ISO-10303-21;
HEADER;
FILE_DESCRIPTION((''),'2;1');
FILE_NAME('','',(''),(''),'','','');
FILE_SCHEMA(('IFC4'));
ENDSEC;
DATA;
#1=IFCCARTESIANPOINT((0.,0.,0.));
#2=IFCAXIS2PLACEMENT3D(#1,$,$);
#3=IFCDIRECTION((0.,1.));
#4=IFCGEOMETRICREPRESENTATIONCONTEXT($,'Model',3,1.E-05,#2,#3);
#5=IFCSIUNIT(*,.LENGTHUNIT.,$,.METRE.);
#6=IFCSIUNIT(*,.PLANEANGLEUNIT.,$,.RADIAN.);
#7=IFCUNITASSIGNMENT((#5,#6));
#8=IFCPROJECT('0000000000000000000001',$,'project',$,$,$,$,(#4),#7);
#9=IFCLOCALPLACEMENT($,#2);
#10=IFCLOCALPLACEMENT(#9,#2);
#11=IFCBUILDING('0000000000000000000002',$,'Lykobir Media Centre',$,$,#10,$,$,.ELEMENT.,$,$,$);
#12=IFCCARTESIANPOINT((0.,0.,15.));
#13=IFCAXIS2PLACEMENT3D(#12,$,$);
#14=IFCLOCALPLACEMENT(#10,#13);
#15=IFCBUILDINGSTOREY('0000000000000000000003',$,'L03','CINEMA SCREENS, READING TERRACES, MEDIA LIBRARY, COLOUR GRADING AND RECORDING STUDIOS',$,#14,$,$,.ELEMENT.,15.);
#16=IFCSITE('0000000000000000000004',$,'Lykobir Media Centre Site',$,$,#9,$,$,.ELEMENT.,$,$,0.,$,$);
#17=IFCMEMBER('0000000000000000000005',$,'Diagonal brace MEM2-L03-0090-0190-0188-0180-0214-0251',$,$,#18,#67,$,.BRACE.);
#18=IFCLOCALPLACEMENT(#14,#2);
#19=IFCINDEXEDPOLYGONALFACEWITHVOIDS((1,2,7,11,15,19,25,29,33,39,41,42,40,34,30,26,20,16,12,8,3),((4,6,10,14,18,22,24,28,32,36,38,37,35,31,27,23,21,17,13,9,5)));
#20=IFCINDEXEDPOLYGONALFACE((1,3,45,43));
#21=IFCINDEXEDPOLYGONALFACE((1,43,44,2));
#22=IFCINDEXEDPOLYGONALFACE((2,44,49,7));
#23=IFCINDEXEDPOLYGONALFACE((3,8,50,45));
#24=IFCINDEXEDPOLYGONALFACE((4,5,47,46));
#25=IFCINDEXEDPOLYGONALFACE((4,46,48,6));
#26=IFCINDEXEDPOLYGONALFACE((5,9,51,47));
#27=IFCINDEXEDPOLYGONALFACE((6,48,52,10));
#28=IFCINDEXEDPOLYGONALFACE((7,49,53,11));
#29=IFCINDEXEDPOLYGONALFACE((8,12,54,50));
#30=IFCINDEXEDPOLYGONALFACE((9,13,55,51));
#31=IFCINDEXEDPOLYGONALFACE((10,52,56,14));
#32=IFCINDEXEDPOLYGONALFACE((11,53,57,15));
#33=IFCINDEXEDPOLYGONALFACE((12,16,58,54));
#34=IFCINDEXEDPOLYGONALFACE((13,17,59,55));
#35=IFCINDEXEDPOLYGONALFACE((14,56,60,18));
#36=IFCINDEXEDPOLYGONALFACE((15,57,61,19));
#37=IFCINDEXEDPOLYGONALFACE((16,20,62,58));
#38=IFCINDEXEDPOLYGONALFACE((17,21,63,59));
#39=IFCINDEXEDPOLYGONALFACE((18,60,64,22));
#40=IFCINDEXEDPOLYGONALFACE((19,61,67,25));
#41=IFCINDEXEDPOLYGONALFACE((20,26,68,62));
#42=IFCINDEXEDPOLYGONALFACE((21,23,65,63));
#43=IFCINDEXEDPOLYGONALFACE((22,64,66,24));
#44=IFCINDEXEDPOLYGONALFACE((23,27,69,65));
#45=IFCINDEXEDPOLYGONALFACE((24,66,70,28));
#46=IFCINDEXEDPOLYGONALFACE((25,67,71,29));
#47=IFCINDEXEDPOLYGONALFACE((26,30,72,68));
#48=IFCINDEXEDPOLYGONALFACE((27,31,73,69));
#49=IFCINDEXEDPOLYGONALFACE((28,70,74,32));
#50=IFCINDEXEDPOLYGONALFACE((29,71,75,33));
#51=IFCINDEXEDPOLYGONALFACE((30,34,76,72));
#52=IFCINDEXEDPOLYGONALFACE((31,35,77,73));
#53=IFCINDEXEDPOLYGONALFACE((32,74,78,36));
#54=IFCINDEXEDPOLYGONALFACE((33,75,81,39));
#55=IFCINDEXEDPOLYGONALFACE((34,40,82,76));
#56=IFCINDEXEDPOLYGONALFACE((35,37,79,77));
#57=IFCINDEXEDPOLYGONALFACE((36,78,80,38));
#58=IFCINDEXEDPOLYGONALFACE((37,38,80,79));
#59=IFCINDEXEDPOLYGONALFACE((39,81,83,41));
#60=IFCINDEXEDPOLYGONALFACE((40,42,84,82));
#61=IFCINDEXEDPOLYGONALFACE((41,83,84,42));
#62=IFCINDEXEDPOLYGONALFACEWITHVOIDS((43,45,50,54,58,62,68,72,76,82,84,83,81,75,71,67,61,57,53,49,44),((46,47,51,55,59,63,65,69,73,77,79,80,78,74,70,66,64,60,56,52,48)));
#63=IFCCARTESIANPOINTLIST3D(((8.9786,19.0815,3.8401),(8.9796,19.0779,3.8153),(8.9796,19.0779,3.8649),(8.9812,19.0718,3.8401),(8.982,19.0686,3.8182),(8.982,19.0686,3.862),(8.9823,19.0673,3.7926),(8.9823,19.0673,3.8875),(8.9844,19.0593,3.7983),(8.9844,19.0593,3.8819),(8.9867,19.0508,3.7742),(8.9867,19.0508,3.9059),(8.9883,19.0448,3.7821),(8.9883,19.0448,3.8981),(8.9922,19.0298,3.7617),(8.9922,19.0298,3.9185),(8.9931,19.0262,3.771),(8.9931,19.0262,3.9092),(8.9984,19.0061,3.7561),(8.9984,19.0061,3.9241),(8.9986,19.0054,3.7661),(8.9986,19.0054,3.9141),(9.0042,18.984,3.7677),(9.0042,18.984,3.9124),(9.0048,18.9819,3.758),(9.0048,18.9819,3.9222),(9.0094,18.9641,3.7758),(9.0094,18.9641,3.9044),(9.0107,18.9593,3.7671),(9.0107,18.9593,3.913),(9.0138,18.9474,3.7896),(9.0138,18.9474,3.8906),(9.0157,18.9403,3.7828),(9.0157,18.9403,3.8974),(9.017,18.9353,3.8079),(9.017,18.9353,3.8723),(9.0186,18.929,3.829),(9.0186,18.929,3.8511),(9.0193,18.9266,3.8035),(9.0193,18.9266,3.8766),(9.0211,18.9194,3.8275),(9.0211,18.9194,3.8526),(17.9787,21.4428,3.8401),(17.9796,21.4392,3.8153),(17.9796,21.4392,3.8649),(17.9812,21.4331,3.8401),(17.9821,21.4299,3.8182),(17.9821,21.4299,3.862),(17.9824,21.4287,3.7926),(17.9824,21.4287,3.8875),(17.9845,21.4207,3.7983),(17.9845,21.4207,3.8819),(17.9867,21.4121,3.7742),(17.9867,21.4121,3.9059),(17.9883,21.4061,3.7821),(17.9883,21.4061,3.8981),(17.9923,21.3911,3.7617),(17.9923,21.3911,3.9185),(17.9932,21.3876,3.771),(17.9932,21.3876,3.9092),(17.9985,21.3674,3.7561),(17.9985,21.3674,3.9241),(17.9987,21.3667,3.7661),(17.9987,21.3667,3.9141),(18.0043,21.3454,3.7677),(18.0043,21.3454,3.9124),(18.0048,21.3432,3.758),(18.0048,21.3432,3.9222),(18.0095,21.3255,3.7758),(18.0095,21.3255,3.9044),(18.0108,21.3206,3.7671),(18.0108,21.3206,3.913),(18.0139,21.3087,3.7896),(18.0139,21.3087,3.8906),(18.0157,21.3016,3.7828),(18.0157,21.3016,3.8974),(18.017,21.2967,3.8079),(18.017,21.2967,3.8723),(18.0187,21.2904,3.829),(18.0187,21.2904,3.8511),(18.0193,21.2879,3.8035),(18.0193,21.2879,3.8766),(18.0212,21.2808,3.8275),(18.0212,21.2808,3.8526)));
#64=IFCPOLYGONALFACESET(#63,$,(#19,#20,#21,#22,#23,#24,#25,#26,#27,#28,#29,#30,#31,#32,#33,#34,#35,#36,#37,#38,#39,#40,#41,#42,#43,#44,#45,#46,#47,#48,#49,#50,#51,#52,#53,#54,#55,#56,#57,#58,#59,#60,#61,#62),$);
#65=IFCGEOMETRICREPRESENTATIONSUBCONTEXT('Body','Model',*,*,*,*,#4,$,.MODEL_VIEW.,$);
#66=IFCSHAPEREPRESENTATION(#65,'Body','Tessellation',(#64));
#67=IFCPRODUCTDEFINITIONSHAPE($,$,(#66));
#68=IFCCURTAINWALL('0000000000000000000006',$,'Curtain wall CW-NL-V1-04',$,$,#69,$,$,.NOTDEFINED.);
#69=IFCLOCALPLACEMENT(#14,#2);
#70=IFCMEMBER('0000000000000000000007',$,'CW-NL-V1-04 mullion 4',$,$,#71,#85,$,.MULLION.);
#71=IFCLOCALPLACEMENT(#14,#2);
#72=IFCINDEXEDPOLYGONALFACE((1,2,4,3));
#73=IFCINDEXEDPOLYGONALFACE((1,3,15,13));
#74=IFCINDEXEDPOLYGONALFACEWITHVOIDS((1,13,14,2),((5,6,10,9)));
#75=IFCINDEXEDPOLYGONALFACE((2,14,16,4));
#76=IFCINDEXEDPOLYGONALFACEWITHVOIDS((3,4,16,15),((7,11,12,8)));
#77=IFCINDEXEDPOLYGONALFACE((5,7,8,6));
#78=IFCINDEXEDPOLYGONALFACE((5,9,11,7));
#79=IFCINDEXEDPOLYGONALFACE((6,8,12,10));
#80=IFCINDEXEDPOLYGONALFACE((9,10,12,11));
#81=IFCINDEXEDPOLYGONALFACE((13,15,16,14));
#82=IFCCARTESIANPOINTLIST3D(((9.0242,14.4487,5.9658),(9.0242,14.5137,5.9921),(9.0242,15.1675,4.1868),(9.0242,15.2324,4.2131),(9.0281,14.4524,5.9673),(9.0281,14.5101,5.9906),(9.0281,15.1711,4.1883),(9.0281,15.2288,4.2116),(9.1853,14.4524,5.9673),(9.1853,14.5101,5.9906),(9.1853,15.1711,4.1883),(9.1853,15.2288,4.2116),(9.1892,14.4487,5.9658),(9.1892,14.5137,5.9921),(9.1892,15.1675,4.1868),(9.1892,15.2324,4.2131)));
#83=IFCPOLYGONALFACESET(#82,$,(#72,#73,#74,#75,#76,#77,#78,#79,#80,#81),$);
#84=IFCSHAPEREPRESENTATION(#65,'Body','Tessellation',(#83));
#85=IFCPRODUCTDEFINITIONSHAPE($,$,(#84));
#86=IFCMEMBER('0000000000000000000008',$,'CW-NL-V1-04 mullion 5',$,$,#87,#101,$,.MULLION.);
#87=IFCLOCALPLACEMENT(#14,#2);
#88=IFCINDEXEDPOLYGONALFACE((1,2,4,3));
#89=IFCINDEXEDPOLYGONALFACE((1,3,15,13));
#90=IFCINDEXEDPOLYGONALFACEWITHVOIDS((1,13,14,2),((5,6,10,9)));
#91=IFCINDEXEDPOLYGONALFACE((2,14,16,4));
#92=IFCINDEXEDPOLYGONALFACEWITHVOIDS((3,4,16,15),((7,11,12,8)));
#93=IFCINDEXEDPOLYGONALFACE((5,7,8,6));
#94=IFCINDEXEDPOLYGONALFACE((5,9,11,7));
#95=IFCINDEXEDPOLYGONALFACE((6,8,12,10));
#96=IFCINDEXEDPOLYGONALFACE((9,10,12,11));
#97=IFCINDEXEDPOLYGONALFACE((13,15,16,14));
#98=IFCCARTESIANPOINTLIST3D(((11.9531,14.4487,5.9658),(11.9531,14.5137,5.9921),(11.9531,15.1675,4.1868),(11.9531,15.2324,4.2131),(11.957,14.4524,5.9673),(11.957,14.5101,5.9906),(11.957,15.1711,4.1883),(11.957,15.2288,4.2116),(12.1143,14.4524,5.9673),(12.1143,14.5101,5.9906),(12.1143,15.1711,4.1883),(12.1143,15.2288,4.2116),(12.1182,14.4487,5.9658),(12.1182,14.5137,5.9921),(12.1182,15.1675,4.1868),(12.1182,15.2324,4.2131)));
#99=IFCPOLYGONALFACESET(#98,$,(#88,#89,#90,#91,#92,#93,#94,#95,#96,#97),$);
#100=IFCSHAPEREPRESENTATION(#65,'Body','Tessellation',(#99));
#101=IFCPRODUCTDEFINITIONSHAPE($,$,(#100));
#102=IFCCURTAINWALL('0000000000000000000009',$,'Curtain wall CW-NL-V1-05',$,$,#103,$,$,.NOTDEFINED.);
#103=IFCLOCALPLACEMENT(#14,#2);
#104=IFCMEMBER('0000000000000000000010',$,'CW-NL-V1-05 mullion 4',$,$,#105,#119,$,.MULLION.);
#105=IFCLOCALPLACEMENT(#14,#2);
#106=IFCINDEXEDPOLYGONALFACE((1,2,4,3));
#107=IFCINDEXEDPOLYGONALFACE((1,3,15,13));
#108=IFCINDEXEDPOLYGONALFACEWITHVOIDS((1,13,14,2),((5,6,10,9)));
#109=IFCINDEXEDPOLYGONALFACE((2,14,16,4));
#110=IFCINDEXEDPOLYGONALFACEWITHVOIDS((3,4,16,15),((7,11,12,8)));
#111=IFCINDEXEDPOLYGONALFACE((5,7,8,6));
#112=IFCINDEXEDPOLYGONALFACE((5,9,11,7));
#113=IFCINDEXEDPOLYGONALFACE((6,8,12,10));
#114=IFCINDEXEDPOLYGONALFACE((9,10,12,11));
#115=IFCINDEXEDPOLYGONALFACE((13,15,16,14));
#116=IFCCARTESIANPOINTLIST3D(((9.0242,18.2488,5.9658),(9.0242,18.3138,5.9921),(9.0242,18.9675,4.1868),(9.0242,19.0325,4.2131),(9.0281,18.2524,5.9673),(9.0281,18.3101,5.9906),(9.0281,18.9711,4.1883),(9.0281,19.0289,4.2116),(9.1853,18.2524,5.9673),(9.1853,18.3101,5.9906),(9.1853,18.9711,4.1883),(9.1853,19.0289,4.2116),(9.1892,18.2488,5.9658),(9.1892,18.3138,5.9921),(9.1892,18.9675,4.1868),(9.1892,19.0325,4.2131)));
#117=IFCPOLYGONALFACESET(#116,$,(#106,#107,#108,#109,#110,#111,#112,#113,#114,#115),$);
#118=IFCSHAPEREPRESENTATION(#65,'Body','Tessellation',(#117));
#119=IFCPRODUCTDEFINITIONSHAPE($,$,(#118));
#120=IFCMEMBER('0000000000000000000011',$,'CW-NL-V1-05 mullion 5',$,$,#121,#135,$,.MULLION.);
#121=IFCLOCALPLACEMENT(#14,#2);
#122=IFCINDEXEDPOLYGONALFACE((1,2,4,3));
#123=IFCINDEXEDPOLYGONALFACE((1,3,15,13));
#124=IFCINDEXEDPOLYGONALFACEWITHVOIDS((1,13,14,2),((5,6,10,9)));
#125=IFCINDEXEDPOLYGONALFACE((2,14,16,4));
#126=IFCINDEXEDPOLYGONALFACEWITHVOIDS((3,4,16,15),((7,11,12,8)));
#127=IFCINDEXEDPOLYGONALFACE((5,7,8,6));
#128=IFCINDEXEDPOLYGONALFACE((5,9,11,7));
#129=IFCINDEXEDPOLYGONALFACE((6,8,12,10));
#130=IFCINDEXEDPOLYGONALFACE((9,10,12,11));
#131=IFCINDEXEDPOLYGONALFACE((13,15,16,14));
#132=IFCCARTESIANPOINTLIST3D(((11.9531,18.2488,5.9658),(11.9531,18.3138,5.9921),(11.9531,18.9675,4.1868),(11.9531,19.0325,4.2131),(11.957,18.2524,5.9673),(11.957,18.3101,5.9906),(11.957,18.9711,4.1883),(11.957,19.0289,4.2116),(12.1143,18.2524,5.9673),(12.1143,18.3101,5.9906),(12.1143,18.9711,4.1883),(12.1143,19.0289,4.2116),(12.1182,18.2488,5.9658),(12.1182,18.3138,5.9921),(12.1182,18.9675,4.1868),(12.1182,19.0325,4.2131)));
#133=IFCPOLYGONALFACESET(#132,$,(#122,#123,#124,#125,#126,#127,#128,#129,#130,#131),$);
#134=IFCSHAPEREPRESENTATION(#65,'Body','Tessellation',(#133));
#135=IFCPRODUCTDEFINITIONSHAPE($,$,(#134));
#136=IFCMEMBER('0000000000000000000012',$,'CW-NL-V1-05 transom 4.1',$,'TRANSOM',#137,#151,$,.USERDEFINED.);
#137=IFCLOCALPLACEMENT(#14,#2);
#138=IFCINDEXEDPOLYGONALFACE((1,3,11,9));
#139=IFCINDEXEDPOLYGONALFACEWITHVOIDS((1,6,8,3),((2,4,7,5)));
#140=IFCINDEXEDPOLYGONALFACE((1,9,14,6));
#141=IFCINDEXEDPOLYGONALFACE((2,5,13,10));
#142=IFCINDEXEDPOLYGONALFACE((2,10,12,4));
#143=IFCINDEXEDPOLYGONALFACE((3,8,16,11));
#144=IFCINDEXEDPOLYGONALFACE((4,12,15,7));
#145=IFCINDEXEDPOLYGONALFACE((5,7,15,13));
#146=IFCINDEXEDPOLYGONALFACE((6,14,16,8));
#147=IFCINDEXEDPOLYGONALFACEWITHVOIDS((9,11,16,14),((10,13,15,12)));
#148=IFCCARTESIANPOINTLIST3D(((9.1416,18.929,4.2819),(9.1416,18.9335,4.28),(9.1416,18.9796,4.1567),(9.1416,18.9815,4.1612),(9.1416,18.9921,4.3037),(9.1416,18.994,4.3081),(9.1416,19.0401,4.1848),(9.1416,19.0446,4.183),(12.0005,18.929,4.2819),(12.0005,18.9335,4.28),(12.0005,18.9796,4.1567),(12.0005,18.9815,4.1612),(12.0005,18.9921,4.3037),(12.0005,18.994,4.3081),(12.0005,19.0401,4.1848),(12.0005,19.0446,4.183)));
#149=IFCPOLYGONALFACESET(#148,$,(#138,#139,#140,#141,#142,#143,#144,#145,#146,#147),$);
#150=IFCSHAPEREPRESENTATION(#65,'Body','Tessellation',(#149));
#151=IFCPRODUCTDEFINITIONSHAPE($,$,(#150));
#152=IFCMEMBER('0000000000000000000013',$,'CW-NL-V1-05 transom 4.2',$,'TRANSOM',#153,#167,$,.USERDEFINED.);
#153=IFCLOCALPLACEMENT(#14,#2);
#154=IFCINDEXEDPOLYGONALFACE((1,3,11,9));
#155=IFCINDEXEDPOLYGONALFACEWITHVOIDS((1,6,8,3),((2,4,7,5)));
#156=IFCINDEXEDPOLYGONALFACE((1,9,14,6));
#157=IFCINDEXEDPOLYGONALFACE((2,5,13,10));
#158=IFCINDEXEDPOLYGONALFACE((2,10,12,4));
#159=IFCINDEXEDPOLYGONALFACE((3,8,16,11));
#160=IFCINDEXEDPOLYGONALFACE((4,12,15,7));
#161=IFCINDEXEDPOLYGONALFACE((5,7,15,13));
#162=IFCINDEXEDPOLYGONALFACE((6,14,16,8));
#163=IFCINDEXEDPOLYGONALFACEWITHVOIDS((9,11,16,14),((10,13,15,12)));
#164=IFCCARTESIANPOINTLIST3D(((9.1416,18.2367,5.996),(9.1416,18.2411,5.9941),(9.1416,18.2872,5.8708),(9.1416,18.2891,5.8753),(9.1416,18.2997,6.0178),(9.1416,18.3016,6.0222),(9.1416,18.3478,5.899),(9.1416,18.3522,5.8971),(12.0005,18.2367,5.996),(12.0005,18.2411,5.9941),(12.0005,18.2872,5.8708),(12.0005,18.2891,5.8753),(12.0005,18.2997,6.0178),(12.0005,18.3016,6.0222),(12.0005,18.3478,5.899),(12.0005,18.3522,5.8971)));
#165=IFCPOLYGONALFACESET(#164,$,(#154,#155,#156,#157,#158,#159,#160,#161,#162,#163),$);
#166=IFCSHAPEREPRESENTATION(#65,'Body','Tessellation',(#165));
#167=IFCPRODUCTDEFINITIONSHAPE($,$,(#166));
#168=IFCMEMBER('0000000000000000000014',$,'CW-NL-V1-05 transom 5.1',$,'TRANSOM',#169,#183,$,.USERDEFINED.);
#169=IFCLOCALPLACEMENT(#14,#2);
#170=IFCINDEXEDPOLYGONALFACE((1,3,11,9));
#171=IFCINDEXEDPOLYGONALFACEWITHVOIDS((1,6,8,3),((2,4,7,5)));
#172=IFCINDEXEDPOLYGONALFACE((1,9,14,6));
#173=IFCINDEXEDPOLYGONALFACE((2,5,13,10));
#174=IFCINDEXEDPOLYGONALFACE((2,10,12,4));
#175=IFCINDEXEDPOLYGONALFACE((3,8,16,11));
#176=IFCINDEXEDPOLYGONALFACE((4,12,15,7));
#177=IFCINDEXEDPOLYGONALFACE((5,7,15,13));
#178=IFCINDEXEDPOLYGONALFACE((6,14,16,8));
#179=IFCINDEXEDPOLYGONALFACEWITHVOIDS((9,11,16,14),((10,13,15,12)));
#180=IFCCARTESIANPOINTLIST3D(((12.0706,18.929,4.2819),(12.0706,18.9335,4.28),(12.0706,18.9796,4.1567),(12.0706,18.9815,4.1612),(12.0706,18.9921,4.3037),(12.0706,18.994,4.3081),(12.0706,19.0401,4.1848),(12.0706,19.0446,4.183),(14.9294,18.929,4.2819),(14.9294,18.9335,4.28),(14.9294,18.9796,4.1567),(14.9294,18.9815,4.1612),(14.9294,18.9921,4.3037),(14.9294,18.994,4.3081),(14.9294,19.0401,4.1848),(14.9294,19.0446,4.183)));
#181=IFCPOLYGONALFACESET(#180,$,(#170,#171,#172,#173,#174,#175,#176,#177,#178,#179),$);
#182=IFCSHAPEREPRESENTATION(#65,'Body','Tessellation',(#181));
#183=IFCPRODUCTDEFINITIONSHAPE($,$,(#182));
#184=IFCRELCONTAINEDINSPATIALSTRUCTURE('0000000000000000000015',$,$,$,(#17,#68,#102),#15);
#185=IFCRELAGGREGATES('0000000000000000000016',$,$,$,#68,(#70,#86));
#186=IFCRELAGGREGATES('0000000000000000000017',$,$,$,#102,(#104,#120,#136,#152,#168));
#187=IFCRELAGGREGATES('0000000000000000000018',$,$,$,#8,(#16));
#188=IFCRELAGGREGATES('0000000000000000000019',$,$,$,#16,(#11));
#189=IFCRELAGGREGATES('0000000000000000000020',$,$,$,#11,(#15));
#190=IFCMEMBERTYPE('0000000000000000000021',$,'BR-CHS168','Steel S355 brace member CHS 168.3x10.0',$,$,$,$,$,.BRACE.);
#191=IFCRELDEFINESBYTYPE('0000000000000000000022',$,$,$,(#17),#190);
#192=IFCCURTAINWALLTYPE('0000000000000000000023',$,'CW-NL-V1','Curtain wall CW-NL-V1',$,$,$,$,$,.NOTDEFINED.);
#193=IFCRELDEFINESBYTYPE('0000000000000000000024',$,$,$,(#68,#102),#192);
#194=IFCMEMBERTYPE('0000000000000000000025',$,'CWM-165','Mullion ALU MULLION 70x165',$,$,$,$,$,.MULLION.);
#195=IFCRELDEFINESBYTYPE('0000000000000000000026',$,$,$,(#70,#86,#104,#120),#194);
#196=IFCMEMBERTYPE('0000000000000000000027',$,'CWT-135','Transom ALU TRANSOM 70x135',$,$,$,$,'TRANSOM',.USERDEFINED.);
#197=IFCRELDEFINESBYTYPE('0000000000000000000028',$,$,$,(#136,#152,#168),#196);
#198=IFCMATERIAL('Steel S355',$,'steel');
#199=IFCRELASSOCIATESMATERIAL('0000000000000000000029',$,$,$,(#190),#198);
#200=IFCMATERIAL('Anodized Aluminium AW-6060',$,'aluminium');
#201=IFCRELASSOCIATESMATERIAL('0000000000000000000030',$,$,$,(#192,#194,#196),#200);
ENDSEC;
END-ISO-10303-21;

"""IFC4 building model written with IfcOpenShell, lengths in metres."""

from ifc_helpers import new_model, si_unit, direction, frame, origin, origin_2d, place, context, subcontext, project, spatial, hollow_rectangle, hollow_circle, extrude, material, material_profile, profile_set, type_object, element, aggregate, save


model = new_model("IFC4")

# Units and contexts
model_context = context("Model", 3, precision=1e-05, world=origin(), true_north=direction((0.0, 1.0)))
body_context = subcontext(model_context, "Body", "Model", "MODEL_VIEW")
ifc_project = project(units=[si_unit("LENGTHUNIT", "METRE"), si_unit("PLANEANGLEUNIT", "RADIAN")], contexts=[model_context])

# Site, building, storey
site_placement = place(None, origin())
site = spatial("IfcSite", under=ifc_project, at=site_placement, Name="Lykobir Media Centre Site", CompositionType="ELEMENT", RefElevation=0.0)
building_placement = place(site_placement, origin())
building = spatial("IfcBuilding", under=site, at=building_placement, Name="Lykobir Media Centre", CompositionType="ELEMENT")
storey_placement = place(building_placement, frame((0.0, 0.0, 15.0)))
storey = spatial("IfcBuildingStorey", under=building, at=storey_placement, Name="L03", Description="CINEMA SCREENS, READING TERRACES, MEDIA LIBRARY, COLOUR GRADING AND RECORDING STUDIOS", CompositionType="ELEMENT", Elevation=15.0)

# Member
ifc_material_1 = material(Name="Steel S355", Category="steel")
ifc_material_profile_1 = material_profile(ifc_material_1, hollow_circle(Radius=0.0842, WallThickness=0.01, at=origin_2d()), Name="CHS 168.3x10.0")
ifc_profile_set_1 = profile_set([ifc_material_profile_1], Name="Steel S355")
member_type_1 = type_object("IfcMemberType", Name="BR-CHS168", Description="Steel S355 brace member CHS 168.3x10.0", PredefinedType="BRACE", material=ifc_profile_set_1)
member_1_placement = place(storey_placement, frame((9.0, 19.0, 3.8401), z_axis=(0.967262, 0.25378, 0.0), x_axis=(-0.25378, 0.967262, 0.0)))
element("IfcMember", 1, at=member_1_placement, inside=storey, type_object=member_type_1, Name="Diagonal brace MEM2-L03-0090-0190-0188-0180-0214-0251", PredefinedType="BRACE", context=body_context, shape_type="SweptSolid", body=[
    extrude(hollow_circle(Radius=0.0842, WallThickness=0.01, at=origin_2d()), origin(), (0.0, 0.0, 1.0), 9.3047),
])

# Curtain walls, members
ifc_material_2 = material(Name="Anodized Aluminium AW-6060", Category="aluminium")
curtain_wall_type = type_object("IfcCurtainWallType", Name="CW-NL-V1", Description="Curtain wall CW-NL-V1", PredefinedType="NOTDEFINED", material=ifc_material_2)
curtain_wall_1_placement = place(storey_placement, origin())
curtain_wall_1 = element("IfcCurtainWall", 2, at=curtain_wall_1_placement, inside=storey, type_object=curtain_wall_type, Name="Curtain wall CW-NL-V1-04", PredefinedType="NOTDEFINED")
ifc_material_profile_2 = material_profile(ifc_material_2, hollow_rectangle(XDim=0.0701, YDim=0.165, WallThickness=0.0039, at=origin_2d()), Name="ALU MULLION 70x165")
ifc_profile_set_2 = profile_set([ifc_material_profile_2], Name="Anodized Aluminium AW-6060")
member_type_2 = type_object("IfcMemberType", Name="CWM-165", Description="Mullion ALU MULLION 70x165", PredefinedType="MULLION", material=ifc_profile_set_2)
member_2_placement = place(storey_placement, frame((9.1067, 15.2, 4.2), z_axis=(0.0, -0.374591, 0.92719), x_axis=(0.0, 0.92719, 0.374591)))
member_2 = element("IfcMember", 3, at=member_2_placement, type_object=member_type_2, Name="CW-NL-V1-04 mullion 4", PredefinedType="MULLION", context=body_context, shape_type="SweptSolid", body=[
    extrude(hollow_rectangle(XDim=0.0701, YDim=0.165, WallThickness=0.0039, at=origin_2d()), origin(), (0.0, 0.0, 1.0), 1.9187),
])
member_3_placement = place(storey_placement, frame((12.0356, 15.2, 4.2), z_axis=(0.0, -0.374591, 0.92719), x_axis=(0.0, 0.92719, 0.374591)))
member_3 = element("IfcMember", 4, at=member_3_placement, type_object=member_type_2, Name="CW-NL-V1-04 mullion 5", PredefinedType="MULLION", context=body_context, shape_type="SweptSolid", body=[
    extrude(hollow_rectangle(XDim=0.0701, YDim=0.165, WallThickness=0.0039, at=origin_2d()), origin(), (0.0, 0.0, 1.0), 1.9187),
])
aggregate(curtain_wall_1, [member_2, member_3])
curtain_wall_2_placement = place(storey_placement, origin())
curtain_wall_2 = element("IfcCurtainWall", 5, at=curtain_wall_2_placement, inside=storey, type_object=curtain_wall_type, Name="Curtain wall CW-NL-V1-05", PredefinedType="NOTDEFINED")
member_4_placement = place(storey_placement, frame((9.1067, 19.0, 4.2), z_axis=(0.0, -0.374591, 0.92719), x_axis=(0.0, 0.92719, 0.374591)))
member_4 = element("IfcMember", 6, at=member_4_placement, type_object=member_type_2, Name="CW-NL-V1-05 mullion 4", PredefinedType="MULLION", context=body_context, shape_type="SweptSolid", body=[
    extrude(hollow_rectangle(XDim=0.0701, YDim=0.165, WallThickness=0.0039, at=origin_2d()), origin(), (0.0, 0.0, 1.0), 1.9187),
])
member_5_placement = place(storey_placement, frame((12.0356, 19.0, 4.2), z_axis=(0.0, -0.374591, 0.92719), x_axis=(0.0, 0.92719, 0.374591)))
member_5 = element("IfcMember", 7, at=member_5_placement, type_object=member_type_2, Name="CW-NL-V1-05 mullion 5", PredefinedType="MULLION", context=body_context, shape_type="SweptSolid", body=[
    extrude(hollow_rectangle(XDim=0.0701, YDim=0.165, WallThickness=0.0039, at=origin_2d()), origin(), (0.0, 0.0, 1.0), 1.9187),
])
ifc_material_profile_3 = material_profile(ifc_material_2, hollow_rectangle(XDim=0.0701, YDim=0.135, WallThickness=0.0034, at=origin_2d()), Name="ALU TRANSOM 70x135")
ifc_profile_set_3 = profile_set([ifc_material_profile_3], Name="Anodized Aluminium AW-6060")
member_type_3 = type_object("IfcMemberType", Name="CWT-135", Description="Transom ALU TRANSOM 70x135", ElementType="TRANSOM", PredefinedType="USERDEFINED", material=ifc_profile_set_3)
member_6_placement = place(storey_placement, frame((9.1416, 18.9868, 4.2324), z_axis=(1.0, 0.0, 0.0), x_axis=(0.0, 0.927184, 0.374607)))
member_6 = element("IfcMember", 8, at=member_6_placement, type_object=member_type_3, Name="CW-NL-V1-05 transom 4.1", ObjectType="TRANSOM", PredefinedType="USERDEFINED", context=body_context, shape_type="SweptSolid", body=[
    extrude(hollow_rectangle(XDim=0.0701, YDim=0.135, WallThickness=0.0034, at=origin_2d()), origin(), (0.0, 0.0, 1.0), 2.8589),
])
member_7_placement = place(storey_placement, frame((9.1416, 18.2944, 5.9465), z_axis=(1.0, 0.0, 0.0), x_axis=(0.0, 0.927184, 0.374607)))
member_7 = element("IfcMember", 9, at=member_7_placement, type_object=member_type_3, Name="CW-NL-V1-05 transom 4.2", ObjectType="TRANSOM", PredefinedType="USERDEFINED", context=body_context, shape_type="SweptSolid", body=[
    extrude(hollow_rectangle(XDim=0.0701, YDim=0.135, WallThickness=0.0034, at=origin_2d()), origin(), (0.0, 0.0, 1.0), 2.8589),
])
member_8_placement = place(storey_placement, frame((12.0706, 18.9868, 4.2324), z_axis=(1.0, 0.0, 0.0), x_axis=(0.0, 0.927184, 0.374607)))
member_8 = element("IfcMember", 10, at=member_8_placement, type_object=member_type_3, Name="CW-NL-V1-05 transom 5.1", ObjectType="TRANSOM", PredefinedType="USERDEFINED", context=body_context, shape_type="SweptSolid", body=[
    extrude(hollow_rectangle(XDim=0.0701, YDim=0.135, WallThickness=0.0034, at=origin_2d()), origin(), (0.0, 0.0, 1.0), 2.8589),
])

aggregate(curtain_wall_2, [member_4, member_5, member_6, member_7, member_8])

save(model, "model.ifc")
